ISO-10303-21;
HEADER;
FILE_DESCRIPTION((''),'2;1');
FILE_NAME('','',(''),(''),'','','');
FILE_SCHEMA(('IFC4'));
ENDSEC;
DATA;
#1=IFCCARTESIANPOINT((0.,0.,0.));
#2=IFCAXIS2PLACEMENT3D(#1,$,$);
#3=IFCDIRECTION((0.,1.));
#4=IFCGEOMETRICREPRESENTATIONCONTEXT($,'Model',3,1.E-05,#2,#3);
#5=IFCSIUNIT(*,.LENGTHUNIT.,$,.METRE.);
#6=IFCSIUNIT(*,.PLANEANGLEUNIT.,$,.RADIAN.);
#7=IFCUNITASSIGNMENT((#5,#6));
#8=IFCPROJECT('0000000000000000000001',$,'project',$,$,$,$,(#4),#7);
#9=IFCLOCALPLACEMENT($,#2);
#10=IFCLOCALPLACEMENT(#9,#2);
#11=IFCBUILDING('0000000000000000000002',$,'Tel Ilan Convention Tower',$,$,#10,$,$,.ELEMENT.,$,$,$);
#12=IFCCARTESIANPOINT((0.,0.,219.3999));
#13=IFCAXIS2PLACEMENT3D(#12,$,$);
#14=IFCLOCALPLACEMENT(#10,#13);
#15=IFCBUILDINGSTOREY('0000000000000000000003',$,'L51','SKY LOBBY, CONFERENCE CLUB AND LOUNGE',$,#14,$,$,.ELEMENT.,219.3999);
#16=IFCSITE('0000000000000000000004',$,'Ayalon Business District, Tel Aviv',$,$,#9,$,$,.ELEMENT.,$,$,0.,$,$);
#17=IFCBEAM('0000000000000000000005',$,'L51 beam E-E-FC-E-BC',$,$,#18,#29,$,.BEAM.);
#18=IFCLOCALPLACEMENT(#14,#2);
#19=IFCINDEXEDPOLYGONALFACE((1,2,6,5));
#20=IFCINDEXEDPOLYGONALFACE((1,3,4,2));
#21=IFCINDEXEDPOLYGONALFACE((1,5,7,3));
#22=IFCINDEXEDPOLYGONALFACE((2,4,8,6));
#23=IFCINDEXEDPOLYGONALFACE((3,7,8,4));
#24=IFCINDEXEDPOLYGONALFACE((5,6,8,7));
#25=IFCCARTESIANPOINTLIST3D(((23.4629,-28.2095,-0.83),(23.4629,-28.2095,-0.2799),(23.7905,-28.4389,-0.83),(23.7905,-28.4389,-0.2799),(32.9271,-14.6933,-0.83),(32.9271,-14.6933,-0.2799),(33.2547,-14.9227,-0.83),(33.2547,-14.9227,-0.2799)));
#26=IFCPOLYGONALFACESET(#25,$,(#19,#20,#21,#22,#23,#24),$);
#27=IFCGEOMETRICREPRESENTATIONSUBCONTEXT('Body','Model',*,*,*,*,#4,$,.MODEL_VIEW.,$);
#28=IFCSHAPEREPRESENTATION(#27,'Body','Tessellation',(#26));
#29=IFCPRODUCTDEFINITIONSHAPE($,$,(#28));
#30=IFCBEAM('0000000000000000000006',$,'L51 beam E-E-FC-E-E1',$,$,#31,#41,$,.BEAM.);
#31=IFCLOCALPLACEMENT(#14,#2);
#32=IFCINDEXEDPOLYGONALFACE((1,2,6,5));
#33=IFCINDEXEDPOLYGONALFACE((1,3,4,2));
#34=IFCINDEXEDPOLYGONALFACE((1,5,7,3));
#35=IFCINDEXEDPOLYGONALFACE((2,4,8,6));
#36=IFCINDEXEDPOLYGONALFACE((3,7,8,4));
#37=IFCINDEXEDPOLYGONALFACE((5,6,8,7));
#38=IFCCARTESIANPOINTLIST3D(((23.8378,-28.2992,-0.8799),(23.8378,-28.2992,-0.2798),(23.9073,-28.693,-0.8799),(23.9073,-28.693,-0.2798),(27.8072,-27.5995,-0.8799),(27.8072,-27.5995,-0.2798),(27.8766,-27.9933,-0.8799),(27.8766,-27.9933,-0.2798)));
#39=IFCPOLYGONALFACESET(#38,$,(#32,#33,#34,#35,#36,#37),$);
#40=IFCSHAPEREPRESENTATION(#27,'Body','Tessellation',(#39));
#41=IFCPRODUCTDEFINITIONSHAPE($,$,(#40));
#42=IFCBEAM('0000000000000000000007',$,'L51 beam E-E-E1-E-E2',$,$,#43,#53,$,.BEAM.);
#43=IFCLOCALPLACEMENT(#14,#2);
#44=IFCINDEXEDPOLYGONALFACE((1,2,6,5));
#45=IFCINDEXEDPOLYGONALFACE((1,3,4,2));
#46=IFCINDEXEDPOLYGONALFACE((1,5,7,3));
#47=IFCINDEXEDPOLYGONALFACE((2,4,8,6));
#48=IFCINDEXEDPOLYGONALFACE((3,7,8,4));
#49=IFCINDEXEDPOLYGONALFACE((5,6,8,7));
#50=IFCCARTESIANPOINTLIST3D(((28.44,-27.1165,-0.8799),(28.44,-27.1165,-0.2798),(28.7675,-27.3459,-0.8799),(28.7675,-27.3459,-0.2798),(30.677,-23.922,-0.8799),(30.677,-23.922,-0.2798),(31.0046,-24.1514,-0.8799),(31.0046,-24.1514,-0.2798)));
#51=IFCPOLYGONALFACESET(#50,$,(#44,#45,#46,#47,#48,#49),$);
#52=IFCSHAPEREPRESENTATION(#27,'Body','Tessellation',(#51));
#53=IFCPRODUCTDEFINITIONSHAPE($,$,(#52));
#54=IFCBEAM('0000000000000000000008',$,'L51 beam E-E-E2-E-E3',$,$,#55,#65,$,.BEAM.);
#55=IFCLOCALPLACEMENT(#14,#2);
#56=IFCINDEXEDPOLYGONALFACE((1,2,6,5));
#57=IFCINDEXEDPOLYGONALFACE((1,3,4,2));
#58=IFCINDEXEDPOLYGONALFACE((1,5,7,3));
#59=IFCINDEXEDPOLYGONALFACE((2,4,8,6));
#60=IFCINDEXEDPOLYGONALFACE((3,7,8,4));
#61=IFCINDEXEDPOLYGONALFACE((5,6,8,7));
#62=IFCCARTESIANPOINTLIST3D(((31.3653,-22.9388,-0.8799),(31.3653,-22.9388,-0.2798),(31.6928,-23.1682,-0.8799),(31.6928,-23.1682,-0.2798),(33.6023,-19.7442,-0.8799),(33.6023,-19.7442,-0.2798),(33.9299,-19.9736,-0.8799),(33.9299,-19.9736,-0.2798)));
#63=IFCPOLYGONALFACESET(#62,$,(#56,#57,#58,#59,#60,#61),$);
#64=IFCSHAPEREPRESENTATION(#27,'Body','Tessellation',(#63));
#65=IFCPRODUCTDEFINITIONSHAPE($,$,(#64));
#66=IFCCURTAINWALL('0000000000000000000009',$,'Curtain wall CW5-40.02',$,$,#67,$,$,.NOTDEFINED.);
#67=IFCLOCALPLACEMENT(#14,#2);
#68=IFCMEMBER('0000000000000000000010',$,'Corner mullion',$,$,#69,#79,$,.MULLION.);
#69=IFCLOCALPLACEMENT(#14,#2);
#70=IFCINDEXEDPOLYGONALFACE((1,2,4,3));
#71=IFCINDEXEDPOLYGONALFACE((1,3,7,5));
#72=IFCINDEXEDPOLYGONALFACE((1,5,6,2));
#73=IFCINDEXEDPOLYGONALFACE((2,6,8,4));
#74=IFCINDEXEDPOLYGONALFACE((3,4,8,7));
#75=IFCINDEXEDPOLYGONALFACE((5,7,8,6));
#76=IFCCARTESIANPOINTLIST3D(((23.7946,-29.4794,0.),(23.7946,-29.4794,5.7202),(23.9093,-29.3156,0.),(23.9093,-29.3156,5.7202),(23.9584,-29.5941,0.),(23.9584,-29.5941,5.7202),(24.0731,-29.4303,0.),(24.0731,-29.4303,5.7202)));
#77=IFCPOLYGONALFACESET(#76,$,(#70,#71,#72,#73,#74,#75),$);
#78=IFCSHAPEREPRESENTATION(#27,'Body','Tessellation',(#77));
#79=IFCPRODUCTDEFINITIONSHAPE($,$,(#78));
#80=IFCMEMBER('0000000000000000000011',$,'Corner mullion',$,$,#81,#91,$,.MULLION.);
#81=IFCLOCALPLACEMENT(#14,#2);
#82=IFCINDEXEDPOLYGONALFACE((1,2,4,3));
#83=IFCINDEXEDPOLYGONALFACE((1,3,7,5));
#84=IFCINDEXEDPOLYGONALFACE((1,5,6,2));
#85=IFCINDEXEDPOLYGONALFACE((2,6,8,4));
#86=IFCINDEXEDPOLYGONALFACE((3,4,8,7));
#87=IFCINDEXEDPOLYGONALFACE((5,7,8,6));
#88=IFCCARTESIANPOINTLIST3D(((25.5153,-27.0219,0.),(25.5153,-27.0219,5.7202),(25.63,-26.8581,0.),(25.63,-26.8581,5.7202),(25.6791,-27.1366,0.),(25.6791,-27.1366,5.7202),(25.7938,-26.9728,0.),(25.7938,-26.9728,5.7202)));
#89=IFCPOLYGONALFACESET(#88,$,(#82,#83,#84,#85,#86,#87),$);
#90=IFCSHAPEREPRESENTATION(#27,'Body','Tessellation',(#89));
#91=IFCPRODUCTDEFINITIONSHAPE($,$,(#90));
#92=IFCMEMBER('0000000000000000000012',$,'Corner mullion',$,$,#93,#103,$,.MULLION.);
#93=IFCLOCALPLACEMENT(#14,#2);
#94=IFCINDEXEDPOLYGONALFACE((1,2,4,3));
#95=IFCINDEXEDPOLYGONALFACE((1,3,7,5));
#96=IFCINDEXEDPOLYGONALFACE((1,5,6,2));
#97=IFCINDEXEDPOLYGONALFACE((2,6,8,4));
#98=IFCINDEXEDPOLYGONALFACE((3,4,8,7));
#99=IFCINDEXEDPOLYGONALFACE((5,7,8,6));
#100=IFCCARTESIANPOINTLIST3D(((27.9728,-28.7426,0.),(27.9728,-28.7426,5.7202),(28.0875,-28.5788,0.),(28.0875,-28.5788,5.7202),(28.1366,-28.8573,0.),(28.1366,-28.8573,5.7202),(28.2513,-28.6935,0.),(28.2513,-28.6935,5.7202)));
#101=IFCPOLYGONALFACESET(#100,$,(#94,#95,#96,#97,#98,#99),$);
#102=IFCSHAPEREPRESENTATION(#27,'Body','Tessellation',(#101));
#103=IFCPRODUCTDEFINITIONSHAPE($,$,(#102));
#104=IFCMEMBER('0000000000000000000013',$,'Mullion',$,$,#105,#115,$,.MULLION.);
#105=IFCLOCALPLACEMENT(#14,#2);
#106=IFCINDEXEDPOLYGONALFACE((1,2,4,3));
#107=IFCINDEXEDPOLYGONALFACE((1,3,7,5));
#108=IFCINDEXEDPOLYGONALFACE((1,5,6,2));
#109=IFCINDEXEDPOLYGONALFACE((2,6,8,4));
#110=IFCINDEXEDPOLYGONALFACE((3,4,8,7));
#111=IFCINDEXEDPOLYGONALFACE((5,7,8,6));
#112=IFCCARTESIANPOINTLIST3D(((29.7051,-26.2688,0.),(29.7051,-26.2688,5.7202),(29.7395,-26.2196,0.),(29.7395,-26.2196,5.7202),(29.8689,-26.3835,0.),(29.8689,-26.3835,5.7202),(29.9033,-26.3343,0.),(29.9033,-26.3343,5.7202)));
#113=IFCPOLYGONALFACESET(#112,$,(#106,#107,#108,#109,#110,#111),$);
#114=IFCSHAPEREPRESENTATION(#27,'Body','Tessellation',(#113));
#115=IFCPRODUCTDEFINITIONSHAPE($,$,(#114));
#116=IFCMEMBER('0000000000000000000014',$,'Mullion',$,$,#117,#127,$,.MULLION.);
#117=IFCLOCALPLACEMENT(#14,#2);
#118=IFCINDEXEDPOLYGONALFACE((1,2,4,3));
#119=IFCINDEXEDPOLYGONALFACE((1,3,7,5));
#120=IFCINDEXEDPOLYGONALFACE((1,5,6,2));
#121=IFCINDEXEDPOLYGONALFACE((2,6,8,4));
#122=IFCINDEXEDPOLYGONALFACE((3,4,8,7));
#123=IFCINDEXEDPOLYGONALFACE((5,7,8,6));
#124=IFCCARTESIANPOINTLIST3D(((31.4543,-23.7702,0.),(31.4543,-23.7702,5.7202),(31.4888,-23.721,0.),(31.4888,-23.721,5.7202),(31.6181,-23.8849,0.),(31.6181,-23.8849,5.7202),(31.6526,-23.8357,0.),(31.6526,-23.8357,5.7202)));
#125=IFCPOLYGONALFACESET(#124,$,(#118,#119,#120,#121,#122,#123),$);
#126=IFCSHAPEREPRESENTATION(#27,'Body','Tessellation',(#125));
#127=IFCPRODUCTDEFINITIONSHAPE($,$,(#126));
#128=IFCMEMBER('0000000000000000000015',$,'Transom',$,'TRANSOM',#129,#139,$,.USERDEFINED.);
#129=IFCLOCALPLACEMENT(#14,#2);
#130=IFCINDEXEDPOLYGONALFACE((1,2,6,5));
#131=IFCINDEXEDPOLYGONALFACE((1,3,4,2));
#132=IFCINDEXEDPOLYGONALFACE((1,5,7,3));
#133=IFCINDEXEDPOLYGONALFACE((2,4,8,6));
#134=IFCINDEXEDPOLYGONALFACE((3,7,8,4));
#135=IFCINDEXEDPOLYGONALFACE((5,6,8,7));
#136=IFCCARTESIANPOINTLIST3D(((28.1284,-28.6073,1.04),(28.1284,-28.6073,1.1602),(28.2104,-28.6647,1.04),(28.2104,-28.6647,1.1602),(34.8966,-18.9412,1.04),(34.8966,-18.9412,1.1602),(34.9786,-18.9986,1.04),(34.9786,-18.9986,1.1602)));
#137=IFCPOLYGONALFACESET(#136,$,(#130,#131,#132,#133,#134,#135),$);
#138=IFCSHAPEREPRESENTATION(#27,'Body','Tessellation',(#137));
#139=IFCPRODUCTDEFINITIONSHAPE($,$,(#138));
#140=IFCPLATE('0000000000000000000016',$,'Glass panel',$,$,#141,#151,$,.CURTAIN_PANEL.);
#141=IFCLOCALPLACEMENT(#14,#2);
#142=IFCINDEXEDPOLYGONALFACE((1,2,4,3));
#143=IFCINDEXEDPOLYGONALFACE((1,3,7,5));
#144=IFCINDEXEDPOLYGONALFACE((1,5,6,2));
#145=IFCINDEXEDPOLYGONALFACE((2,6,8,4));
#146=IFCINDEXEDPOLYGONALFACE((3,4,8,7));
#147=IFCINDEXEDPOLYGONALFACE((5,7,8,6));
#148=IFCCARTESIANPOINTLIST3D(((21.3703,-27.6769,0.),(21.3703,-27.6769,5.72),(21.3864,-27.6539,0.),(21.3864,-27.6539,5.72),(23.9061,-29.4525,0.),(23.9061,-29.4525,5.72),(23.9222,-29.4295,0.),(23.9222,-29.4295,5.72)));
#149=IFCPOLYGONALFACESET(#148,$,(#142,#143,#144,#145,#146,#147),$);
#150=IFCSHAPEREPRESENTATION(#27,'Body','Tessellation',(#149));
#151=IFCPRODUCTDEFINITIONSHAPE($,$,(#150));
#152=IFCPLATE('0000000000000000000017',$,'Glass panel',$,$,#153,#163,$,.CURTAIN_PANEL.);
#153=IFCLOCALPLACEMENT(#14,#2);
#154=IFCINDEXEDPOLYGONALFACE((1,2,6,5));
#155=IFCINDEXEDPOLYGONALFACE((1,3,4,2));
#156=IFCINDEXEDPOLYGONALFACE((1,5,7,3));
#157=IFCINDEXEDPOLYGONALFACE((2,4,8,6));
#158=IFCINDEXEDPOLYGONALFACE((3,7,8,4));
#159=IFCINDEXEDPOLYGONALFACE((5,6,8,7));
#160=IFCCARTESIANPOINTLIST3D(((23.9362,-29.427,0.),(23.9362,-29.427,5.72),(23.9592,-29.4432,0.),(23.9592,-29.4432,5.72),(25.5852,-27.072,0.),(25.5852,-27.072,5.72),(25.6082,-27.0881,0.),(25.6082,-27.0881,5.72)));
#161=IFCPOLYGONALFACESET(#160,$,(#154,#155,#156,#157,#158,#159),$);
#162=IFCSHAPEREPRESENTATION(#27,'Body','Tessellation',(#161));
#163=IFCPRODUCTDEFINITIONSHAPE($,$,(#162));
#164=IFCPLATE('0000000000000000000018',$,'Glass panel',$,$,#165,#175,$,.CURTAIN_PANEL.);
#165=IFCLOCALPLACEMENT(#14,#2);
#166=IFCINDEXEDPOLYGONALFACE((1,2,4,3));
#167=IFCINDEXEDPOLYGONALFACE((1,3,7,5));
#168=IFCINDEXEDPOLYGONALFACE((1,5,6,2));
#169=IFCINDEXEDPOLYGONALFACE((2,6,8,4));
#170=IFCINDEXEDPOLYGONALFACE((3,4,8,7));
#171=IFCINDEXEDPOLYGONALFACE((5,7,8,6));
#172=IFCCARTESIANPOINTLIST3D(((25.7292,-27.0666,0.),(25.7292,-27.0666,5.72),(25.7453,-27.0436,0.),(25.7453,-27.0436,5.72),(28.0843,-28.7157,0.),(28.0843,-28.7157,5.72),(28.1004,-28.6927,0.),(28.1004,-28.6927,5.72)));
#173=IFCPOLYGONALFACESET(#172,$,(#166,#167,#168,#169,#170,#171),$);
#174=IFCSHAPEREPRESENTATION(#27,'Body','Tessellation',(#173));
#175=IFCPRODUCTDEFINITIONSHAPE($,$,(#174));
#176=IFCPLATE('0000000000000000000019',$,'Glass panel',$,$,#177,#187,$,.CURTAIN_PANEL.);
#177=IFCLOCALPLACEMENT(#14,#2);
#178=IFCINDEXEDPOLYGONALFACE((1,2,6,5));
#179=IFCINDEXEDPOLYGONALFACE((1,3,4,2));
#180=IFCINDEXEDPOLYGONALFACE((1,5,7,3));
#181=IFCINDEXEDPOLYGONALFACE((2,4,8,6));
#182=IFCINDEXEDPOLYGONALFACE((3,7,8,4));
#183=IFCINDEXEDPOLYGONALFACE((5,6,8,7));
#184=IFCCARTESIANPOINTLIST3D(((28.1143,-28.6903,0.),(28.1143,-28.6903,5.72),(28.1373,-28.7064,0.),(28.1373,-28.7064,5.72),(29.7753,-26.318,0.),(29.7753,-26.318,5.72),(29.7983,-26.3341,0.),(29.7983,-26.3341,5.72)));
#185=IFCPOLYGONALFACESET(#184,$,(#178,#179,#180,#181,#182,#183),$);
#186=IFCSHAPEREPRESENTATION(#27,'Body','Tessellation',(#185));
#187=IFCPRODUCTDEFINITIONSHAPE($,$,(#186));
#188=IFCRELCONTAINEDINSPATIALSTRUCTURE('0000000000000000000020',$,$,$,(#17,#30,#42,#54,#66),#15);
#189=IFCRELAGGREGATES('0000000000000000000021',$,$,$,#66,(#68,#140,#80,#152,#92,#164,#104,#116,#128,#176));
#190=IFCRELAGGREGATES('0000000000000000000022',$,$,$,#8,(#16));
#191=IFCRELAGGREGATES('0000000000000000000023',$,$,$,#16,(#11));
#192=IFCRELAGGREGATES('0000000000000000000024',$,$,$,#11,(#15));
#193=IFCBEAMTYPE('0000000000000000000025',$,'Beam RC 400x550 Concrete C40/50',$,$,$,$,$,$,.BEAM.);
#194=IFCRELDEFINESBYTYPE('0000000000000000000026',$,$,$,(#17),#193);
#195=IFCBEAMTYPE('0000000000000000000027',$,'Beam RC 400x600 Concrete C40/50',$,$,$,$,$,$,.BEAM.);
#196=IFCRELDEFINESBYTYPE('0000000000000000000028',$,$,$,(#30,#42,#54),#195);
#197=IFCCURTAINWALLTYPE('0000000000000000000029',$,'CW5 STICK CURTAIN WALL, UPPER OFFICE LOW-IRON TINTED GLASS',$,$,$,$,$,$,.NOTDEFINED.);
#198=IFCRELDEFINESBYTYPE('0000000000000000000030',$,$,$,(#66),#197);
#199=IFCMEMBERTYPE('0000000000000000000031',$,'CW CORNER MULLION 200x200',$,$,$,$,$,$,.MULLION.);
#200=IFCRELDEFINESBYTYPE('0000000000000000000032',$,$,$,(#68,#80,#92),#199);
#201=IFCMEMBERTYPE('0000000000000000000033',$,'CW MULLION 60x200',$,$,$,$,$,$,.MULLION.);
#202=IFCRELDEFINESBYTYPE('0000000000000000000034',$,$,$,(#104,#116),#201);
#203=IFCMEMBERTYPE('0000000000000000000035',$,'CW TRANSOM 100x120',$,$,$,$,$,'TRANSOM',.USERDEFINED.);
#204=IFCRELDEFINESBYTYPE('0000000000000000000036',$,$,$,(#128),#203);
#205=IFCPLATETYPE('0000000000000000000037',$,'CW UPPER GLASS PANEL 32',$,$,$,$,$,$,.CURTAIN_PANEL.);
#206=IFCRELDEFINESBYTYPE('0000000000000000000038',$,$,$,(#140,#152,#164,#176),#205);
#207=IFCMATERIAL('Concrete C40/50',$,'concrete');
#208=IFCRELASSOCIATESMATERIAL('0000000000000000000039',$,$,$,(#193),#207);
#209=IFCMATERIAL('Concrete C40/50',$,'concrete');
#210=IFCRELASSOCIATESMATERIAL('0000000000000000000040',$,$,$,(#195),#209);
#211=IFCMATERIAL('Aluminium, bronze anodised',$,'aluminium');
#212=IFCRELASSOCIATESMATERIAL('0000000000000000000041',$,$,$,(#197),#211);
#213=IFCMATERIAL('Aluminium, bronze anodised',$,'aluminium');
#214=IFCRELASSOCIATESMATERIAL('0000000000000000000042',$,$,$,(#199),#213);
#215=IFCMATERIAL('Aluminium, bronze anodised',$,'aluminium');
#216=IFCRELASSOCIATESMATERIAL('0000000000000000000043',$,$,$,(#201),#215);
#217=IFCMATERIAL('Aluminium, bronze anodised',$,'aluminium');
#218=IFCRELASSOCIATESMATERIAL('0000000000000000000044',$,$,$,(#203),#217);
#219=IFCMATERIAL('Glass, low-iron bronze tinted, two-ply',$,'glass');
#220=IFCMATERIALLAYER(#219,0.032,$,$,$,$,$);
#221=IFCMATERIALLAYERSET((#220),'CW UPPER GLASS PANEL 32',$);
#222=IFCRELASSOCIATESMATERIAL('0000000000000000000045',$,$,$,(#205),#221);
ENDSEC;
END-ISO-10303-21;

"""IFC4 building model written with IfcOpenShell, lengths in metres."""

from ifc_helpers import new_model, si_unit, direction, frame, origin, origin_2d, place, context, subcontext, project, spatial, rectangle, extrude, material, layer, layer_set, material_profile, profile_set, type_object, element, aggregate, save


model = new_model("IFC4")

# Units and contexts
model_context = context("Model", 3, precision=1e-05, world=origin(), true_north=direction((0.0, 1.0)))
body_context = subcontext(model_context, "Body", "Model", "MODEL_VIEW")
ifc_project = project(units=[si_unit("LENGTHUNIT", "METRE"), si_unit("PLANEANGLEUNIT", "RADIAN")], contexts=[model_context])

# Site, building, storey
site_placement = place(None, origin())
site = spatial("IfcSite", under=ifc_project, at=site_placement, Name="Ayalon Business District, Tel Aviv", CompositionType="ELEMENT", RefElevation=0.0)
building_placement = place(site_placement, origin())
building = spatial("IfcBuilding", under=site, at=building_placement, Name="Tel Ilan Convention Tower", CompositionType="ELEMENT")
storey_placement = place(building_placement, frame((0.0, 0.0, 219.3999)))
storey = spatial("IfcBuildingStorey", under=building, at=storey_placement, Name="L51", Description="SKY LOBBY, CONFERENCE CLUB AND LOUNGE", CompositionType="ELEMENT", Elevation=219.3999)

# Beams
ifc_material_1 = material(Name="Concrete C40/50", Category="concrete")
ifc_material_profile_1 = material_profile(ifc_material_1, rectangle(XDim=0.3999, YDim=0.55, at=origin_2d()), Name="RC 400x550")
ifc_profile_set_1 = profile_set([ifc_material_profile_1], Name="Concrete C40/50")
beam_type_1 = type_object("IfcBeamType", Name="Beam RC 400x550 Concrete C40/50", PredefinedType="BEAM", material=ifc_profile_set_1)
beam_1_placement = place(storey_placement, frame((23.6267, -28.3242, -0.5549), z_axis=(0.573578, 0.819151, 0.0), x_axis=(-0.819151, 0.573578, 0.0)))
element("IfcBeam", 1, at=beam_1_placement, inside=storey, type_object=beam_type_1, Name="L51 beam E-E-FC-E-BC", PredefinedType="BEAM", context=body_context, shape_type="SweptSolid", body=[
    extrude(rectangle(XDim=0.3999, YDim=0.55, at=origin_2d()), origin(), (0.0, 0.0, 1.0), 16.5002),
])
ifc_material_2 = material(Name="Concrete C40/50", Category="concrete")
ifc_material_profile_2 = material_profile(ifc_material_2, rectangle(XDim=0.3999, YDim=0.6001, at=origin_2d()), Name="RC 400x600")
ifc_profile_set_2 = profile_set([ifc_material_profile_2], Name="Concrete C40/50")
beam_type_2 = type_object("IfcBeamType", Name="Beam RC 400x600 Concrete C40/50", PredefinedType="BEAM", material=ifc_profile_set_2)
beam_2_placement = place(storey_placement, frame((23.8726, -28.4961, -0.5798), z_axis=(0.984815, 0.173606, 0.0), x_axis=(-0.173606, 0.984815, 0.0)))
element("IfcBeam", 2, at=beam_2_placement, inside=storey, type_object=beam_type_2, Name="L51 beam E-E-FC-E-E1", PredefinedType="BEAM", context=body_context, shape_type="SweptSolid", body=[
    extrude(rectangle(XDim=0.3999, YDim=0.6001, at=origin_2d()), origin(), (0.0, 0.0, 1.0), 4.0305),
])
for number, where, z_axis, x_axis, name in (
    (3, (28.6038, -27.2312, -0.5798), (0.573609, 0.819129, 0.0), (-0.819129, 0.573609, 0.0), "L51 beam E-E-E1-E-E2"),
    (4, (31.5291, -23.0535, -0.5798), (0.573609, 0.819129, 0.0), (-0.819129, 0.573609, 0.0), "L51 beam E-E-E2-E-E3"),
):
    element("IfcBeam", number, at=place(storey_placement, frame(where, z_axis=z_axis, x_axis=x_axis)), inside=storey, type_object=beam_type_2, Name=name, PredefinedType="BEAM", context=body_context, shape_type="SweptSolid", body=[
        extrude(rectangle(XDim=0.3999, YDim=0.6001, at=origin_2d()), origin(), (0.0, 0.0, 1.0), 3.8999),
    ])

# Curtain wall, members, plates
ifc_material_3 = material(Name="Aluminium, bronze anodised", Category="aluminium")
curtain_wall_type = type_object("IfcCurtainWallType", Name="CW5 STICK CURTAIN WALL, UPPER OFFICE LOW-IRON TINTED GLASS", PredefinedType="NOTDEFINED", material=ifc_material_3)
curtain_wall_placement = place(storey_placement, origin())
curtain_wall = element("IfcCurtainWall", 5, at=curtain_wall_placement, inside=storey, type_object=curtain_wall_type, Name="Curtain wall CW5-40.02", PredefinedType="NOTDEFINED")
ifc_material_4 = material(Name="Aluminium, bronze anodised", Category="aluminium")
ifc_material_profile_3 = material_profile(ifc_material_4, rectangle(XDim=0.2, YDim=0.2, at=origin_2d()), Name="CW CORNER MULLION 200x200")
ifc_profile_set_3 = profile_set([ifc_material_profile_3], Name="Aluminium, bronze anodised")
member_type_1 = type_object("IfcMemberType", Name="CW CORNER MULLION 200x200", PredefinedType="MULLION", material=ifc_profile_set_3)
member_1_placement = place(storey_placement, frame((23.9338, -29.4548, 0.0), z_axis=(0.0, 0.0, 1.0), x_axis=(0.819152, -0.573576, 0.0)))
member_1 = element("IfcMember", 6, at=member_1_placement, type_object=member_type_1, Name="Corner mullion", PredefinedType="MULLION", context=body_context, shape_type="SweptSolid", body=[
    extrude(rectangle(XDim=0.2, YDim=0.2, at=origin_2d()), origin(), (0.0, 0.0, 1.0), 5.7202),
])
member_2_placement = place(storey_placement, frame((25.6545, -26.9973, 0.0), z_axis=(0.0, 0.0, 1.0), x_axis=(0.573576, 0.819152, 0.0)))
member_2 = element("IfcMember", 7, at=member_2_placement, type_object=member_type_1, Name="Corner mullion", PredefinedType="MULLION", context=body_context, shape_type="SweptSolid", body=[
    extrude(rectangle(XDim=0.2, YDim=0.2, at=origin_2d()), origin(), (0.0, 0.0, 1.0), 5.7202),
])
member_3_placement = place(storey_placement, frame((28.1121, -28.718, 0.0), z_axis=(0.0, 0.0, 1.0), x_axis=(0.819152, -0.573576, 0.0)))
member_3 = element("IfcMember", 8, at=member_3_placement, type_object=member_type_1, Name="Corner mullion", PredefinedType="MULLION", context=body_context, shape_type="SweptSolid", body=[
    extrude(rectangle(XDim=0.2, YDim=0.2, at=origin_2d()), origin(), (0.0, 0.0, 1.0), 5.7202),
])
ifc_material_5 = material(Name="Aluminium, bronze anodised", Category="aluminium")
ifc_material_profile_4 = material_profile(ifc_material_5, rectangle(XDim=0.0601, YDim=0.2, at=origin_2d()), Name="CW MULLION 60x200")
ifc_profile_set_4 = profile_set([ifc_material_profile_4], Name="Aluminium, bronze anodised")
member_type_2 = type_object("IfcMemberType", Name="CW MULLION 60x200", PredefinedType="MULLION", material=ifc_profile_set_4)
member_4_placement = place(storey_placement, frame((29.8042, -26.3015, 0.0), z_axis=(0.0, 0.0, 1.0), x_axis=(0.573576, 0.819152, 0.0)))
member_4 = element("IfcMember", 9, at=member_4_placement, type_object=member_type_2, Name="Mullion", PredefinedType="MULLION", context=body_context, shape_type="SweptSolid", body=[
    extrude(rectangle(XDim=0.0601, YDim=0.2, at=origin_2d()), origin(), (0.0, 0.0, 1.0), 5.7202),
])
member_5_placement = place(storey_placement, frame((31.5535, -23.803, 0.0), z_axis=(0.0, 0.0, 1.0), x_axis=(0.573576, 0.819152, 0.0)))
member_5 = element("IfcMember", 10, at=member_5_placement, type_object=member_type_2, Name="Mullion", PredefinedType="MULLION", context=body_context, shape_type="SweptSolid", body=[
    extrude(rectangle(XDim=0.0601, YDim=0.2, at=origin_2d()), origin(), (0.0, 0.0, 1.0), 5.7202),
])
ifc_material_6 = material(Name="Aluminium, bronze anodised", Category="aluminium")
ifc_material_profile_5 = material_profile(ifc_material_6, rectangle(XDim=0.1001, YDim=0.1201, at=origin_2d()), Name="CW TRANSOM 100x120")
ifc_profile_set_5 = profile_set([ifc_material_profile_5], Name="Aluminium, bronze anodised")
member_type_3 = type_object("IfcMemberType", Name="CW TRANSOM 100x120", ElementType="TRANSOM", PredefinedType="USERDEFINED", material=ifc_profile_set_5)
member_6_placement = place(storey_placement, frame((28.1694, -28.636, 1.1001), z_axis=(0.573568, 0.819158, 0.0), x_axis=(-0.819158, 0.573568, 0.0)))
member_6 = element("IfcMember", 11, at=member_6_placement, type_object=member_type_3, Name="Transom", ObjectType="TRANSOM", PredefinedType="USERDEFINED", context=body_context, shape_type="SweptSolid", body=[
    extrude(rectangle(XDim=0.1001, YDim=0.1201, at=origin_2d()), origin(), (0.0, 0.0, 1.0), 11.8),
])
ifc_material_7 = material(Name="Glass, low-iron bronze tinted, two-ply", Category="glass")
ifc_layer_1 = layer(ifc_material_7, 0.032)
ifc_layer_set_1 = layer_set([ifc_layer_1], Name="CW UPPER GLASS PANEL 32")
plate_type = type_object("IfcPlateType", Name="CW UPPER GLASS PANEL 32", PredefinedType="CURTAIN_PANEL", material=ifc_layer_set_1)
plate_1_placement = place(storey_placement, frame((22.6462, -28.5532, 0.0), z_axis=(0.0, 0.0, 1.0), x_axis=(0.819152, -0.573576, 0.0)))
plate_1 = element("IfcPlate", 12, at=plate_1_placement, type_object=plate_type, Name="Glass panel", PredefinedType="CURTAIN_PANEL", context=body_context, shape_type="SweptSolid", body=[
    extrude(rectangle(XDim=3.0957, YDim=0.0281, at=origin_2d()), origin(), (0.0, 0.0, 1.0), 5.72),
])
plate_2_placement = place(storey_placement, frame((24.7722, -28.2576, 0.0), z_axis=(0.0, 0.0, 1.0), x_axis=(0.573576, 0.819152, 0.0)))
plate_2 = element("IfcPlate", 13, at=plate_2_placement, type_object=plate_type, Name="Glass panel", PredefinedType="CURTAIN_PANEL", context=body_context, shape_type="SweptSolid", body=[
    extrude(rectangle(XDim=2.875, YDim=0.0281, at=origin_2d()), origin(), (0.0, 0.0, 1.0), 5.72),
])
plate_3_placement = place(storey_placement, frame((26.9148, -27.8796, 0.0), z_axis=(0.0, 0.0, 1.0), x_axis=(0.819152, -0.573576, 0.0)))
plate_3 = element("IfcPlate", 14, at=plate_3_placement, type_object=plate_type, Name="Glass panel", PredefinedType="CURTAIN_PANEL", context=body_context, shape_type="SweptSolid", body=[
    extrude(rectangle(XDim=2.875, YDim=0.0281, at=origin_2d()), origin(), (0.0, 0.0, 1.0), 5.72),
])
plate_4_placement = place(storey_placement, frame((28.9563, -27.5122, 0.0), z_axis=(0.0, 0.0, 1.0), x_axis=(0.573576, 0.819152, 0.0)))
plate_4 = element("IfcPlate", 15, at=plate_4_placement, type_object=plate_type, Name="Glass panel", PredefinedType="CURTAIN_PANEL", context=body_context, shape_type="SweptSolid", body=[
    extrude(rectangle(XDim=2.896, YDim=0.0281, at=origin_2d()), origin(), (0.0, 0.0, 1.0), 5.72),
])
aggregate(curtain_wall, [member_1, plate_1, member_2, plate_2, member_3, plate_3, member_4, member_5, member_6, plate_4])

save(model, "model.ifc")
